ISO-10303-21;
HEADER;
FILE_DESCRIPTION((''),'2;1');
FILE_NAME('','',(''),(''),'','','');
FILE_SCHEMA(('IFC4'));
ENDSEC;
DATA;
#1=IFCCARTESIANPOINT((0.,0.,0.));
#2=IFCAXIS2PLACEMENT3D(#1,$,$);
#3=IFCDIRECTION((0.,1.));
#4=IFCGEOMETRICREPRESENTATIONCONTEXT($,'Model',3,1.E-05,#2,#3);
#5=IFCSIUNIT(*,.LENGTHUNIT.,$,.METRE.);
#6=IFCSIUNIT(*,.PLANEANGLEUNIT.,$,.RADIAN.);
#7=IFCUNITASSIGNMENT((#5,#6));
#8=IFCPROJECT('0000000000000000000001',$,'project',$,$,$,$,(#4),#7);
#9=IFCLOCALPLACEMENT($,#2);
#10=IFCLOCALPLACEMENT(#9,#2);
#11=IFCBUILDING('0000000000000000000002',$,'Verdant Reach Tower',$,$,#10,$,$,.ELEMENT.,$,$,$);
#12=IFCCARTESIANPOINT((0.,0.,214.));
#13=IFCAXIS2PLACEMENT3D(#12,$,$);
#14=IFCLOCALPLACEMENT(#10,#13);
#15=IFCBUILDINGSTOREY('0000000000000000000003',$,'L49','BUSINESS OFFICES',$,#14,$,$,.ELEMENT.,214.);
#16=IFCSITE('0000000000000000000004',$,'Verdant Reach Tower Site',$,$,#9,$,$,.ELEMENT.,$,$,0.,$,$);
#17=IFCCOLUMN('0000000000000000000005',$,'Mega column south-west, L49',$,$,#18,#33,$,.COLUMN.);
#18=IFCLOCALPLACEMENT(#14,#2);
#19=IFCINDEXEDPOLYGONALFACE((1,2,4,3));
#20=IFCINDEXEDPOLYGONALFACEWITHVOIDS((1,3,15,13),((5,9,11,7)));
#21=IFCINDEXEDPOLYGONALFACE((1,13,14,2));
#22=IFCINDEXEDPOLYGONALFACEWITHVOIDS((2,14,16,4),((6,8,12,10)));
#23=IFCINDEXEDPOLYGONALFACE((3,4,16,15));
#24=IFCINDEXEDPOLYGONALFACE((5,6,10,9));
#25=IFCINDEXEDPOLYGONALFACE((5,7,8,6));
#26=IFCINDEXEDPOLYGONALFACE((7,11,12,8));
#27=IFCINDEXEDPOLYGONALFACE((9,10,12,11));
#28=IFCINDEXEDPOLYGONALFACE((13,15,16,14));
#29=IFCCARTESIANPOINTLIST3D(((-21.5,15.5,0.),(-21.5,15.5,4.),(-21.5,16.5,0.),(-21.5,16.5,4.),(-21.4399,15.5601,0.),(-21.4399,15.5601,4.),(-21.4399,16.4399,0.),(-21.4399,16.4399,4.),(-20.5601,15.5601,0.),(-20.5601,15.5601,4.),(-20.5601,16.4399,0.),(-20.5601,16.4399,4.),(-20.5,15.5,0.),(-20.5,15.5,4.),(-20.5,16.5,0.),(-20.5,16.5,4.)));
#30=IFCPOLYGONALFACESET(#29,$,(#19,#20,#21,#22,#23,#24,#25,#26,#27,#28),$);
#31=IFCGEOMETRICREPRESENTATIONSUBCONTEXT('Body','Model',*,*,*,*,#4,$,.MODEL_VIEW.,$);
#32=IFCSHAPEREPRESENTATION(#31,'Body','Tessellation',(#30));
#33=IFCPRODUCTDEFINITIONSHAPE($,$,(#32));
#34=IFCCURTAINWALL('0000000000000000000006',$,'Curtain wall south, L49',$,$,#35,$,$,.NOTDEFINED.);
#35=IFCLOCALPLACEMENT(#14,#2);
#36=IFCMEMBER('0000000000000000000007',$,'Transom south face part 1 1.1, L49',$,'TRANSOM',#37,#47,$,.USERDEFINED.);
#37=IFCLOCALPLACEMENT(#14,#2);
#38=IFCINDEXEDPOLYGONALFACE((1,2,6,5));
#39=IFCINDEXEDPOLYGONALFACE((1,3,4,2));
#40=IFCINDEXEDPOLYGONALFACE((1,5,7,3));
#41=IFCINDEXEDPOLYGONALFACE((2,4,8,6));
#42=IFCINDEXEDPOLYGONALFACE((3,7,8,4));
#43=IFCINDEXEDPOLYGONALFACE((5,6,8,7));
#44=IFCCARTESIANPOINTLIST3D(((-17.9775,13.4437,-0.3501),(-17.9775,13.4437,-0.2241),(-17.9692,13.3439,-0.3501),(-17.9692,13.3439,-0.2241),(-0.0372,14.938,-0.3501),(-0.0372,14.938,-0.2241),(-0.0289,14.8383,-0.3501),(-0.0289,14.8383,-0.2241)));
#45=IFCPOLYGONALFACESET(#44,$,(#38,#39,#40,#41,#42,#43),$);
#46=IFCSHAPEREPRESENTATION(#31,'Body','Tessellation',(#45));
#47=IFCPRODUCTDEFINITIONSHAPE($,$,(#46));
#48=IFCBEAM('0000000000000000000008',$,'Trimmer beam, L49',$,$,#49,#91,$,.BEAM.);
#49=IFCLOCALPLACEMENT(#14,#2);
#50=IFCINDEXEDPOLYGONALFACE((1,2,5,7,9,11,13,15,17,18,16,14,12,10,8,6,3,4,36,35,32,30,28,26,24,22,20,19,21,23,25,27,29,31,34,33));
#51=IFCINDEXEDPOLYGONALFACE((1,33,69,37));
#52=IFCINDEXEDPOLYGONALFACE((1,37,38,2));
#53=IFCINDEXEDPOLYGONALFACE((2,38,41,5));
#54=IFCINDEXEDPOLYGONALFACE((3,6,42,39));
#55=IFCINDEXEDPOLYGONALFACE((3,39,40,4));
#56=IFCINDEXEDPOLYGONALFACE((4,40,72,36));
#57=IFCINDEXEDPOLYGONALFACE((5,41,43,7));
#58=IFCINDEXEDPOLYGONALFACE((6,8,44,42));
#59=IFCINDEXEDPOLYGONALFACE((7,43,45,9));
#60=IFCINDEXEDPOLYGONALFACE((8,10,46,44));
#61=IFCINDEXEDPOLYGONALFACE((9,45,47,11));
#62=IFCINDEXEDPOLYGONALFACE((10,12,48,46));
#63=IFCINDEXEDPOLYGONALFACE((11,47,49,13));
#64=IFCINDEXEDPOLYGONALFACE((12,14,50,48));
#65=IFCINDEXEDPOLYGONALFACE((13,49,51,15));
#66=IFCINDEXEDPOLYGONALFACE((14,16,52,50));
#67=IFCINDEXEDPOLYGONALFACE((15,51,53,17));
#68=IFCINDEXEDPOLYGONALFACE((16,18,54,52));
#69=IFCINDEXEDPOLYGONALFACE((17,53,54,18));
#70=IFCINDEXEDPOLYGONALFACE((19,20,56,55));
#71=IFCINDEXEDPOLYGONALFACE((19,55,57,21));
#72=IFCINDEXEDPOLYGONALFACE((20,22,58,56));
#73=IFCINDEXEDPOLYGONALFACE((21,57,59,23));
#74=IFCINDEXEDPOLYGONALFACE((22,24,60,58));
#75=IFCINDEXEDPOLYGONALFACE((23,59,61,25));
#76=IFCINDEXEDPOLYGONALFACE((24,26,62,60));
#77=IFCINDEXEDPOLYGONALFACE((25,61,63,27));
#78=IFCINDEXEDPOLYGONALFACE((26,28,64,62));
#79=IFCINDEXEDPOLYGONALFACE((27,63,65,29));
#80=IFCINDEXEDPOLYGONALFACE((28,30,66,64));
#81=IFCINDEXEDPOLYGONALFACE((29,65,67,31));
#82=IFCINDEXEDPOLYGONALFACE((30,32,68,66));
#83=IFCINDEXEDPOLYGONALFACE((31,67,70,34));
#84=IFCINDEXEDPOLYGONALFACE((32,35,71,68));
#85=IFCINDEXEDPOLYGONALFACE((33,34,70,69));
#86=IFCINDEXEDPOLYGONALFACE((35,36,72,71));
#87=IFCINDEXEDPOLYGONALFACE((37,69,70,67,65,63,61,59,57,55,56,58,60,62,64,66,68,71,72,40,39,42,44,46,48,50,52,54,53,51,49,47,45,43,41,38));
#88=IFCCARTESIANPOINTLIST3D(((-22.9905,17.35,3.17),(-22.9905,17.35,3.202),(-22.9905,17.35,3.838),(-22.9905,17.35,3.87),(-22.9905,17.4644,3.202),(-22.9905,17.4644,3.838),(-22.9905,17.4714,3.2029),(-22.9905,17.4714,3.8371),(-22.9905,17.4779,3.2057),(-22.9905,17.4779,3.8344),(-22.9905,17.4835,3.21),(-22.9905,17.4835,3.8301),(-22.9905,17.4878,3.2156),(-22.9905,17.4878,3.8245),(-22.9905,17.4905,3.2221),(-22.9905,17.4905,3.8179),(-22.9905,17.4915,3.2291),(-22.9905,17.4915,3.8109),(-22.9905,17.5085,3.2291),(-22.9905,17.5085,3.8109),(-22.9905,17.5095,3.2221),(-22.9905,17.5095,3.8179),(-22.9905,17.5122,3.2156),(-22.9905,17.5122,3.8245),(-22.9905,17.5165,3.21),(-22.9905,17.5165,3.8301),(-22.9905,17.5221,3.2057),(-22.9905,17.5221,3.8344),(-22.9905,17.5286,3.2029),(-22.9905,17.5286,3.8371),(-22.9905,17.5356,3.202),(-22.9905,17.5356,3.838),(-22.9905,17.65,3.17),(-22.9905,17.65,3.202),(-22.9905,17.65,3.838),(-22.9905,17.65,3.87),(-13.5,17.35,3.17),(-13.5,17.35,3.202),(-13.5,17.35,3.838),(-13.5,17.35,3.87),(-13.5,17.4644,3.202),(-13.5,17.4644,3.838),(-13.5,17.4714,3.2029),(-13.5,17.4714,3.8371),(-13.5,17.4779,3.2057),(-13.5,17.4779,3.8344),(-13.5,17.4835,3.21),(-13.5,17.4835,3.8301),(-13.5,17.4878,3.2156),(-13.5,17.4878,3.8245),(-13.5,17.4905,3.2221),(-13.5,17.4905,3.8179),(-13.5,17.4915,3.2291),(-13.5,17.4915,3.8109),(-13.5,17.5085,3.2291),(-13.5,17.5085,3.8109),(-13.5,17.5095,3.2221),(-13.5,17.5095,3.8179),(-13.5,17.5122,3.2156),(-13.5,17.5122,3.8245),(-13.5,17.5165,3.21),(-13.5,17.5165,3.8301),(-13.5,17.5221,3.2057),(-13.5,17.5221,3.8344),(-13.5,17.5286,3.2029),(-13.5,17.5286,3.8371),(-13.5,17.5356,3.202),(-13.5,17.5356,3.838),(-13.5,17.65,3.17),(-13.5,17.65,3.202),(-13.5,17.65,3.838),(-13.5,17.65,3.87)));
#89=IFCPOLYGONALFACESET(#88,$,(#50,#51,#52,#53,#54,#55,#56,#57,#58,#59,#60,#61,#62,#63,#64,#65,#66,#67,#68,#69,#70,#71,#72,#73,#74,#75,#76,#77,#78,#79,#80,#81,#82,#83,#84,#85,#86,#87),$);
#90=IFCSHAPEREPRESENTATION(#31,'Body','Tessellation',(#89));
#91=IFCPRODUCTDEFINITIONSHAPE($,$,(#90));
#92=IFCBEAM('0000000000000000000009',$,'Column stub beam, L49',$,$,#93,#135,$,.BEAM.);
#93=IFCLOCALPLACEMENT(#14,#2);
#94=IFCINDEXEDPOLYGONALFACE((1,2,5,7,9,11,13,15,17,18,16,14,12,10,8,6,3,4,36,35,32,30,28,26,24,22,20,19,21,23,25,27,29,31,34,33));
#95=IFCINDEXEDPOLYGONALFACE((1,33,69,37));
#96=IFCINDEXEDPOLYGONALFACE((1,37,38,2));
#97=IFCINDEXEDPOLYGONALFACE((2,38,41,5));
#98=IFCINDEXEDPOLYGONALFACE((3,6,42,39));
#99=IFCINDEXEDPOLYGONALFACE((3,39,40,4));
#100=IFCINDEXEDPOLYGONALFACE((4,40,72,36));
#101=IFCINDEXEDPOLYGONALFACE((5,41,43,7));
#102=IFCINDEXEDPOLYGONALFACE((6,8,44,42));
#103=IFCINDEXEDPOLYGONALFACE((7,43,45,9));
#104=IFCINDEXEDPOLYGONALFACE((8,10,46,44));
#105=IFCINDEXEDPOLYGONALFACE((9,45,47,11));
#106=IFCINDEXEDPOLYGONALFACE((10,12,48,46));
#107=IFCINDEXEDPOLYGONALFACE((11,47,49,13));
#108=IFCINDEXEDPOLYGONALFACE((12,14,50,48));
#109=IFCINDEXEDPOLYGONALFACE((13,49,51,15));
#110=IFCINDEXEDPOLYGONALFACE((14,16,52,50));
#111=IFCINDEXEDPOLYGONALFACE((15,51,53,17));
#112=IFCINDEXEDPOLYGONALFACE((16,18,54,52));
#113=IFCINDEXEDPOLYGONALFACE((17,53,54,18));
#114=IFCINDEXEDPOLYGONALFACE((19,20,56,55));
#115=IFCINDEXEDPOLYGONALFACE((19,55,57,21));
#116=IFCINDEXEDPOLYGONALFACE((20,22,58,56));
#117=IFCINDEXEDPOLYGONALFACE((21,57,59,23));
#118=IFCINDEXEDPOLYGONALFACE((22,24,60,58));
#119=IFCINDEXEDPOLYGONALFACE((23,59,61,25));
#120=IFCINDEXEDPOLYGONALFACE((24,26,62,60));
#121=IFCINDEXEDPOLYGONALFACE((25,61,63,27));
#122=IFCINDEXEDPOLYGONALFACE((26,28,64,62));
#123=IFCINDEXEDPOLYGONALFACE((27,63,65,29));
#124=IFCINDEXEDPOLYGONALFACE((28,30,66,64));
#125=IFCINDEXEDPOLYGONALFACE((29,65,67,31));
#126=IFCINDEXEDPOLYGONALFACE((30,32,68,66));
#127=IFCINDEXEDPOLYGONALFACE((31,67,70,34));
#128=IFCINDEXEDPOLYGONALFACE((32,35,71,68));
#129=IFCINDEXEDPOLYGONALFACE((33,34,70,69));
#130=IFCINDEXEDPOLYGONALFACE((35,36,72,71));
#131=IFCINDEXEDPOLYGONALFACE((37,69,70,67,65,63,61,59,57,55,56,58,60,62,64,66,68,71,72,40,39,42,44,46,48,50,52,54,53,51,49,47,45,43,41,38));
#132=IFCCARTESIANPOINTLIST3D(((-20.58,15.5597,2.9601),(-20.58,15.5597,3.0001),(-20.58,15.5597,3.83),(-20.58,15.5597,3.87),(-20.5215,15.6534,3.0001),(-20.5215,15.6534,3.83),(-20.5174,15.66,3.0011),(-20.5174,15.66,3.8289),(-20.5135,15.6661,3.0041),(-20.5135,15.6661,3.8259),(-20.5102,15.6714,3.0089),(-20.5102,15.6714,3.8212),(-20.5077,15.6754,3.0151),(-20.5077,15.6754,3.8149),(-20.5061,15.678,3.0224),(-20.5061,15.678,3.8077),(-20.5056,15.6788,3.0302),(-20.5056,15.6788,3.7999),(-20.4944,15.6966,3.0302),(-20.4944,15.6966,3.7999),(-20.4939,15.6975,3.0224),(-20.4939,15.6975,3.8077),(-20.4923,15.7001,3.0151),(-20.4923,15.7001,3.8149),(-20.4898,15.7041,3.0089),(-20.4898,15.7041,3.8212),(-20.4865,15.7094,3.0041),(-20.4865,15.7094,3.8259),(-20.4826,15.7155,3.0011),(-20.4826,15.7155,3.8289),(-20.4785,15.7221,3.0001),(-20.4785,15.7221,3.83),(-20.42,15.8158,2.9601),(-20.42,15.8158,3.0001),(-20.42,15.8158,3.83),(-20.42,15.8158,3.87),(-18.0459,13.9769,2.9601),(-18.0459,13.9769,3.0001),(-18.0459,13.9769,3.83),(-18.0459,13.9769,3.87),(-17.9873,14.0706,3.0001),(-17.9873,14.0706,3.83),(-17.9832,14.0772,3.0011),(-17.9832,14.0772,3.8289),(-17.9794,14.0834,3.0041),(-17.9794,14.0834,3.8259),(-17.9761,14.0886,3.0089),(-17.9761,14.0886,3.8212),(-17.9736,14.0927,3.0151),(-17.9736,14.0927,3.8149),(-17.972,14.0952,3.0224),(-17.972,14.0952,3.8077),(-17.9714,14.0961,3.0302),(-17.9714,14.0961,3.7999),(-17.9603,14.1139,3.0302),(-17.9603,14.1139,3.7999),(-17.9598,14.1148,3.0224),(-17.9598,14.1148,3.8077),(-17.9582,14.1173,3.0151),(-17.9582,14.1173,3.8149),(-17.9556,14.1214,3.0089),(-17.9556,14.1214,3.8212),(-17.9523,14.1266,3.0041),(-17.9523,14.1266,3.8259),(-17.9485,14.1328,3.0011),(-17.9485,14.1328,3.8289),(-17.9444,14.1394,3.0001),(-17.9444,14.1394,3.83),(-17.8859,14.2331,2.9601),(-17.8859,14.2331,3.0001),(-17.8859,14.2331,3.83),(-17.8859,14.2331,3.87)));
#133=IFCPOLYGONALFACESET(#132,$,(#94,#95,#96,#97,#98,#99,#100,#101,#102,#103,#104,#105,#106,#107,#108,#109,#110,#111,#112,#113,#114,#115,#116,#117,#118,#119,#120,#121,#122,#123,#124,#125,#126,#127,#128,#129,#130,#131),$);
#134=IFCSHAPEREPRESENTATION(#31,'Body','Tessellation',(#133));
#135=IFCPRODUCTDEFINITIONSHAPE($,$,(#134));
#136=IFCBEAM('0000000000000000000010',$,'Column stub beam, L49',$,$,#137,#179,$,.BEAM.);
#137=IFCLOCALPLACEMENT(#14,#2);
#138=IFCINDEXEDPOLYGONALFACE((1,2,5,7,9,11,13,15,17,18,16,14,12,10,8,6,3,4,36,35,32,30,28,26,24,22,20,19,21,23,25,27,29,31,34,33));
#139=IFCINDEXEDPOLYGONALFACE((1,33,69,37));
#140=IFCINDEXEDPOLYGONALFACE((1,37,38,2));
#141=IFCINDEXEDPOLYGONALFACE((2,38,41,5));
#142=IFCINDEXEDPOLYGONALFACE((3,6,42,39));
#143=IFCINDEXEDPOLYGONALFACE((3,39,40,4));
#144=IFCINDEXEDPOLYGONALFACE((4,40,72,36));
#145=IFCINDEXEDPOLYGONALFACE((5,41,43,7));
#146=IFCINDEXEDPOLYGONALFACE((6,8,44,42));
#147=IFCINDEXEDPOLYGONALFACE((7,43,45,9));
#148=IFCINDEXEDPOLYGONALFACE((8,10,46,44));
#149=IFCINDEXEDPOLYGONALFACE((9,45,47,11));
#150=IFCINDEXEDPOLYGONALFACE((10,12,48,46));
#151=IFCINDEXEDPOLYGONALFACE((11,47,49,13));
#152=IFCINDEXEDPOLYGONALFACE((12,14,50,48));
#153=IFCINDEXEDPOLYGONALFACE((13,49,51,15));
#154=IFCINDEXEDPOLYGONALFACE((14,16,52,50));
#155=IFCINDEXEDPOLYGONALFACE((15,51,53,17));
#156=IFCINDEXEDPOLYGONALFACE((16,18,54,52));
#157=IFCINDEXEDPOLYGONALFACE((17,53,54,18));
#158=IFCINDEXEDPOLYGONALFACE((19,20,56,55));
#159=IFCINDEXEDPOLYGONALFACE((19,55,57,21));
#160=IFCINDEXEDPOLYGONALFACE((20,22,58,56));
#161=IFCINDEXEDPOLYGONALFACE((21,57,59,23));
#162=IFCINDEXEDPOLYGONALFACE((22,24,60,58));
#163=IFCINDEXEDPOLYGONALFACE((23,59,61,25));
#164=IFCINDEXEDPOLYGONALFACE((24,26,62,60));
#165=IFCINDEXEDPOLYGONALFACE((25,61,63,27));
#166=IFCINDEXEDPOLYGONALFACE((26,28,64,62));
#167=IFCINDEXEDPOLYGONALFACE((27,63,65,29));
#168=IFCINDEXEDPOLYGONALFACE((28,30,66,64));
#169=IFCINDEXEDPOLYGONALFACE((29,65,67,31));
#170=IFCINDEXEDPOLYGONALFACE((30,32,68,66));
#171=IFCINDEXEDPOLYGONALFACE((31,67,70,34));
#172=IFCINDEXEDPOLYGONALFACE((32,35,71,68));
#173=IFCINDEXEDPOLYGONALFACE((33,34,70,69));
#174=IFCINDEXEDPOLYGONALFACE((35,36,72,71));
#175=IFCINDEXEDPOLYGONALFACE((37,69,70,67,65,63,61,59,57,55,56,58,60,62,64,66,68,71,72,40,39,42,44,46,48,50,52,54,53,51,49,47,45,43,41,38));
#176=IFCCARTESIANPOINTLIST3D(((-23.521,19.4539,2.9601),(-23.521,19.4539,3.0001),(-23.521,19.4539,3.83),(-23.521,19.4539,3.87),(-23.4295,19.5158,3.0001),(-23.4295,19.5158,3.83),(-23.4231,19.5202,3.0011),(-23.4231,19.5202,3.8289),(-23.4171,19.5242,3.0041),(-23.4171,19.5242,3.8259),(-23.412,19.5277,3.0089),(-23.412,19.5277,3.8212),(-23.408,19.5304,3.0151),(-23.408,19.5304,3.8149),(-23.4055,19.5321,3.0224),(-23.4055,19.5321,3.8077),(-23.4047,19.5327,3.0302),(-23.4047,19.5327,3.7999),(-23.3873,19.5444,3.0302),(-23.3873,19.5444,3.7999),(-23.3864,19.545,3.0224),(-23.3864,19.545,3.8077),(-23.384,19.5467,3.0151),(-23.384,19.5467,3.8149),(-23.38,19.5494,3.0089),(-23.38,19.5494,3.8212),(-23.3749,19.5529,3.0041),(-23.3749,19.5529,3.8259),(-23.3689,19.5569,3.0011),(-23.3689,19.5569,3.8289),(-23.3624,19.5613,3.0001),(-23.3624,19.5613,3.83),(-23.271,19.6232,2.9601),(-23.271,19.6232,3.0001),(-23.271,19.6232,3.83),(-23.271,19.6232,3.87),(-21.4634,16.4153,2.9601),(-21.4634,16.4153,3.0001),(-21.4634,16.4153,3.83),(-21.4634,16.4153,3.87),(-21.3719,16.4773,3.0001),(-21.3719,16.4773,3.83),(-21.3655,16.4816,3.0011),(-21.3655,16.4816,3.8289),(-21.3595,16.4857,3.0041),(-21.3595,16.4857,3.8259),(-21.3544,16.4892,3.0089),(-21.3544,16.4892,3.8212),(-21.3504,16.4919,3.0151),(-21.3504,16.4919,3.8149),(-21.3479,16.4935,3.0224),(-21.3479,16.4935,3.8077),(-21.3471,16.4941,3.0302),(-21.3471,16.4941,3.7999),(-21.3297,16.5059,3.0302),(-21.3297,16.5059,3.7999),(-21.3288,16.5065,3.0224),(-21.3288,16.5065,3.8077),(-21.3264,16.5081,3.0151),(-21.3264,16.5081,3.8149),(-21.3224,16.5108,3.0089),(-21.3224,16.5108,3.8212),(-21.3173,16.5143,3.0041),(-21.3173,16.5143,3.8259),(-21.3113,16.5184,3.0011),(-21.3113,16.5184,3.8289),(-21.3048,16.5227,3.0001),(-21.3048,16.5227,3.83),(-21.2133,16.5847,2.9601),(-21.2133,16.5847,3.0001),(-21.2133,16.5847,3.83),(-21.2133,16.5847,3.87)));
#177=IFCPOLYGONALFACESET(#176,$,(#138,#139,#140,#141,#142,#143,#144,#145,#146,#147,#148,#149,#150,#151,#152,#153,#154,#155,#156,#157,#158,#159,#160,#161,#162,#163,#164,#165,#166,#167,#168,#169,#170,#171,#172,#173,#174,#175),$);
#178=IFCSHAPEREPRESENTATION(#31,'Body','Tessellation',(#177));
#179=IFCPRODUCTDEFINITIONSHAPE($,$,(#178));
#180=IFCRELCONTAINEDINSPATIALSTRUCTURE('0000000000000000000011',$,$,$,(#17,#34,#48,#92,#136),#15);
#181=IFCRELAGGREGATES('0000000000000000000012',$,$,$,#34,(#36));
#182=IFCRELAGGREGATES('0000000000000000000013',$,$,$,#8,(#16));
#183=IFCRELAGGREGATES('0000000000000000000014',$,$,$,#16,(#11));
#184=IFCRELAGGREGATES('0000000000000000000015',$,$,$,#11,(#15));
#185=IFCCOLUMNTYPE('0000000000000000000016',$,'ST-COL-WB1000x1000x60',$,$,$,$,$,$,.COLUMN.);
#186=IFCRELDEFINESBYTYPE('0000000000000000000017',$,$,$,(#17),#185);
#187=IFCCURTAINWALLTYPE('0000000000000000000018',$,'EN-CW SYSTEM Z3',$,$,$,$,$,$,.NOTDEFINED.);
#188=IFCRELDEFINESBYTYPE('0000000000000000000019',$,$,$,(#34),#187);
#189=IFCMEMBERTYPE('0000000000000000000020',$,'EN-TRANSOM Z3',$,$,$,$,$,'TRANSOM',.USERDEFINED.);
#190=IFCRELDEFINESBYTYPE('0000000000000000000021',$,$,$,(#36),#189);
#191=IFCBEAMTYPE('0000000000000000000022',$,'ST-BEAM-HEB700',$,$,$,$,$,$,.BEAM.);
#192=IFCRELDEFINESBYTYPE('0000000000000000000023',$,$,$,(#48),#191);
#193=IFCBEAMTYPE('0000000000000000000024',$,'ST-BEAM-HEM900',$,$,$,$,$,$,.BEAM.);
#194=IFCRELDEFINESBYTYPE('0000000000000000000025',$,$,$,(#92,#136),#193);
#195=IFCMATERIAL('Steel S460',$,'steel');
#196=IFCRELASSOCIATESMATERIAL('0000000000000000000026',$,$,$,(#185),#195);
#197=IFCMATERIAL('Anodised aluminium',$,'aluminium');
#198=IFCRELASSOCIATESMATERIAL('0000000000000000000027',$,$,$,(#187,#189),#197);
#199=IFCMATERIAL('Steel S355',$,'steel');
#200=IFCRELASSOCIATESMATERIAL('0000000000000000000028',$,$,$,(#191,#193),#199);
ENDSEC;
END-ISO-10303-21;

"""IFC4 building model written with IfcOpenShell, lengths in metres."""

from ifc_helpers import new_model, si_unit, direction, frame, origin, origin_2d, place, context, subcontext, project, spatial, rectangle, hollow_rectangle, i_section, extrude, material, material_profile, profile_set, type_object, element, aggregate, save


model = new_model("IFC4")

# Units and contexts
model_context = context("Model", 3, precision=1e-05, world=origin(), true_north=direction((0.0, 1.0)))
body_context = subcontext(model_context, "Body", "Model", "MODEL_VIEW")
ifc_project = project(units=[si_unit("LENGTHUNIT", "METRE"), si_unit("PLANEANGLEUNIT", "RADIAN")], contexts=[model_context])

# Site, building, storey
site_placement = place(None, origin())
site = spatial("IfcSite", under=ifc_project, at=site_placement, Name="Verdant Reach Tower Site", CompositionType="ELEMENT", RefElevation=0.0)
building_placement = place(site_placement, origin())
building = spatial("IfcBuilding", under=site, at=building_placement, Name="Verdant Reach Tower", CompositionType="ELEMENT")
storey_placement = place(building_placement, frame((0.0, 0.0, 214.0)))
storey = spatial("IfcBuildingStorey", under=building, at=storey_placement, Name="L49", Description="BUSINESS OFFICES", CompositionType="ELEMENT", Elevation=214.0)

# Column
ifc_material_1 = material(Name="Steel S460", Category="steel")
ifc_material_profile_1 = material_profile(ifc_material_1, hollow_rectangle(XDim=1.0, YDim=1.0, WallThickness=0.0601, at=origin_2d()), Name="WB 1000x1000x60")
ifc_profile_set_1 = profile_set([ifc_material_profile_1], Name="Steel S460")
column_type = type_object("IfcColumnType", Name="ST-COL-WB1000x1000x60", PredefinedType="COLUMN", material=ifc_profile_set_1)
column_placement = place(storey_placement, frame((-21.0, 16.0, 0.0), z_axis=(0.0, 0.0, 1.0), x_axis=(1.0, 0.0, 0.0)))
element("IfcColumn", 1, at=column_placement, inside=storey, type_object=column_type, Name="Mega column south-west, L49", PredefinedType="COLUMN", context=body_context, shape_type="SweptSolid", body=[
    extrude(hollow_rectangle(XDim=1.0, YDim=1.0, WallThickness=0.0601, at=origin_2d()), origin(), (0.0, 0.0, 1.0), 4.0),
])

# Curtain wall, member
ifc_material_2 = material(Name="Anodised aluminium", Category="aluminium")
curtain_wall_type = type_object("IfcCurtainWallType", Name="EN-CW SYSTEM Z3", PredefinedType="NOTDEFINED", material=ifc_material_2)
curtain_wall_1_placement = place(storey_placement, origin())
curtain_wall_1 = element("IfcCurtainWall", 2, at=curtain_wall_1_placement, inside=storey, type_object=curtain_wall_type, Name="Curtain wall south, L49", PredefinedType="NOTDEFINED")
ifc_material_profile_2 = material_profile(ifc_material_2, rectangle(XDim=0.1001, YDim=0.126, at=origin_2d()), Name="Transom 126x100")
ifc_profile_set_2 = profile_set([ifc_material_profile_2], Name="Anodised aluminium")
member_type = type_object("IfcMemberType", Name="EN-TRANSOM Z3", ElementType="TRANSOM", PredefinedType="USERDEFINED", material=ifc_profile_set_2)
member_placement = place(storey_placement, frame((-17.9734, 13.3938, -0.2871), z_axis=(0.996549, 0.08301, 0.0), x_axis=(-0.08301, 0.996549, 0.0)))
member = element("IfcMember", 3, at=member_placement, type_object=member_type, Name="Transom south face part 1 1.1, L49", ObjectType="TRANSOM", PredefinedType="USERDEFINED", context=body_context, shape_type="SweptSolid", body=[
    extrude(rectangle(XDim=0.1001, YDim=0.126, at=origin_2d()), origin(), (0.0, 0.0, 1.0), 18.0024),
])

# Beams
ifc_material_3 = material(Name="Steel S355", Category="steel")
ifc_material_profile_3 = material_profile(ifc_material_3, i_section(OverallWidth=0.3, OverallDepth=0.7, WebThickness=0.0171, FlangeThickness=0.032, FilletRadius=0.0271, at=origin_2d()), Name="HEB 700")
ifc_profile_set_3 = profile_set([ifc_material_profile_3], Name="Steel S355")
beam_type_1 = type_object("IfcBeamType", Name="ST-BEAM-HEB700", PredefinedType="BEAM", material=ifc_profile_set_3)
beam_1_placement = place(storey_placement, frame((-13.5, 17.5, 3.52), z_axis=(-1.0, 0.0, 0.0), x_axis=(0.0, -1.0, 0.0)))
element("IfcBeam", 4, at=beam_1_placement, inside=storey, type_object=beam_type_1, Name="Trimmer beam, L49", PredefinedType="BEAM", context=body_context, shape_type="SweptSolid", body=[
    extrude(i_section(OverallWidth=0.3, OverallDepth=0.7, WebThickness=0.0171, FlangeThickness=0.032, FilletRadius=0.0271, at=origin_2d()), origin(), (0.0, 0.0, 1.0), 9.4905),
])
ifc_material_profile_4 = material_profile(ifc_material_3, i_section(OverallWidth=0.302, OverallDepth=0.9099, WebThickness=0.021, FlangeThickness=0.04, FilletRadius=0.03, at=origin_2d()), Name="HEM 900")
ifc_profile_set_4 = profile_set([ifc_material_profile_4], Name="Steel S355")
beam_type_2 = type_object("IfcBeamType", Name="ST-BEAM-HEM900", PredefinedType="BEAM", material=ifc_profile_set_4)
beam_2_placement = place(storey_placement, frame((-20.5, 15.6877, 3.415), z_axis=(0.848164, -0.529735, 0.0), x_axis=(0.529735, 0.848164, 0.0)))
element("IfcBeam", 5, at=beam_2_placement, inside=storey, type_object=beam_type_2, Name="Column stub beam, L49", PredefinedType="BEAM", context=body_context, shape_type="SweptSolid", body=[
    extrude(i_section(OverallWidth=0.302, OverallDepth=0.9099, WebThickness=0.021, FlangeThickness=0.04, FilletRadius=0.03, at=origin_2d()), origin(), (0.0, 0.0, 1.0), 2.9878),
])
beam_3_placement = place(storey_placement, frame((-21.3384, 16.5, 3.415), z_axis=(-0.560704, 0.828016, 0.0), x_axis=(-0.828016, -0.560704, 0.0)))
element("IfcBeam", 6, at=beam_3_placement, inside=storey, type_object=beam_type_2, Name="Column stub beam, L49", PredefinedType="BEAM", context=body_context, shape_type="SweptSolid", body=[
    extrude(i_section(OverallWidth=0.302, OverallDepth=0.9099, WebThickness=0.021, FlangeThickness=0.04, FilletRadius=0.03, at=origin_2d()), origin(), (0.0, 0.0, 1.0), 3.6697),
])

aggregate(curtain_wall_1, [member])

save(model, "model.ifc")
